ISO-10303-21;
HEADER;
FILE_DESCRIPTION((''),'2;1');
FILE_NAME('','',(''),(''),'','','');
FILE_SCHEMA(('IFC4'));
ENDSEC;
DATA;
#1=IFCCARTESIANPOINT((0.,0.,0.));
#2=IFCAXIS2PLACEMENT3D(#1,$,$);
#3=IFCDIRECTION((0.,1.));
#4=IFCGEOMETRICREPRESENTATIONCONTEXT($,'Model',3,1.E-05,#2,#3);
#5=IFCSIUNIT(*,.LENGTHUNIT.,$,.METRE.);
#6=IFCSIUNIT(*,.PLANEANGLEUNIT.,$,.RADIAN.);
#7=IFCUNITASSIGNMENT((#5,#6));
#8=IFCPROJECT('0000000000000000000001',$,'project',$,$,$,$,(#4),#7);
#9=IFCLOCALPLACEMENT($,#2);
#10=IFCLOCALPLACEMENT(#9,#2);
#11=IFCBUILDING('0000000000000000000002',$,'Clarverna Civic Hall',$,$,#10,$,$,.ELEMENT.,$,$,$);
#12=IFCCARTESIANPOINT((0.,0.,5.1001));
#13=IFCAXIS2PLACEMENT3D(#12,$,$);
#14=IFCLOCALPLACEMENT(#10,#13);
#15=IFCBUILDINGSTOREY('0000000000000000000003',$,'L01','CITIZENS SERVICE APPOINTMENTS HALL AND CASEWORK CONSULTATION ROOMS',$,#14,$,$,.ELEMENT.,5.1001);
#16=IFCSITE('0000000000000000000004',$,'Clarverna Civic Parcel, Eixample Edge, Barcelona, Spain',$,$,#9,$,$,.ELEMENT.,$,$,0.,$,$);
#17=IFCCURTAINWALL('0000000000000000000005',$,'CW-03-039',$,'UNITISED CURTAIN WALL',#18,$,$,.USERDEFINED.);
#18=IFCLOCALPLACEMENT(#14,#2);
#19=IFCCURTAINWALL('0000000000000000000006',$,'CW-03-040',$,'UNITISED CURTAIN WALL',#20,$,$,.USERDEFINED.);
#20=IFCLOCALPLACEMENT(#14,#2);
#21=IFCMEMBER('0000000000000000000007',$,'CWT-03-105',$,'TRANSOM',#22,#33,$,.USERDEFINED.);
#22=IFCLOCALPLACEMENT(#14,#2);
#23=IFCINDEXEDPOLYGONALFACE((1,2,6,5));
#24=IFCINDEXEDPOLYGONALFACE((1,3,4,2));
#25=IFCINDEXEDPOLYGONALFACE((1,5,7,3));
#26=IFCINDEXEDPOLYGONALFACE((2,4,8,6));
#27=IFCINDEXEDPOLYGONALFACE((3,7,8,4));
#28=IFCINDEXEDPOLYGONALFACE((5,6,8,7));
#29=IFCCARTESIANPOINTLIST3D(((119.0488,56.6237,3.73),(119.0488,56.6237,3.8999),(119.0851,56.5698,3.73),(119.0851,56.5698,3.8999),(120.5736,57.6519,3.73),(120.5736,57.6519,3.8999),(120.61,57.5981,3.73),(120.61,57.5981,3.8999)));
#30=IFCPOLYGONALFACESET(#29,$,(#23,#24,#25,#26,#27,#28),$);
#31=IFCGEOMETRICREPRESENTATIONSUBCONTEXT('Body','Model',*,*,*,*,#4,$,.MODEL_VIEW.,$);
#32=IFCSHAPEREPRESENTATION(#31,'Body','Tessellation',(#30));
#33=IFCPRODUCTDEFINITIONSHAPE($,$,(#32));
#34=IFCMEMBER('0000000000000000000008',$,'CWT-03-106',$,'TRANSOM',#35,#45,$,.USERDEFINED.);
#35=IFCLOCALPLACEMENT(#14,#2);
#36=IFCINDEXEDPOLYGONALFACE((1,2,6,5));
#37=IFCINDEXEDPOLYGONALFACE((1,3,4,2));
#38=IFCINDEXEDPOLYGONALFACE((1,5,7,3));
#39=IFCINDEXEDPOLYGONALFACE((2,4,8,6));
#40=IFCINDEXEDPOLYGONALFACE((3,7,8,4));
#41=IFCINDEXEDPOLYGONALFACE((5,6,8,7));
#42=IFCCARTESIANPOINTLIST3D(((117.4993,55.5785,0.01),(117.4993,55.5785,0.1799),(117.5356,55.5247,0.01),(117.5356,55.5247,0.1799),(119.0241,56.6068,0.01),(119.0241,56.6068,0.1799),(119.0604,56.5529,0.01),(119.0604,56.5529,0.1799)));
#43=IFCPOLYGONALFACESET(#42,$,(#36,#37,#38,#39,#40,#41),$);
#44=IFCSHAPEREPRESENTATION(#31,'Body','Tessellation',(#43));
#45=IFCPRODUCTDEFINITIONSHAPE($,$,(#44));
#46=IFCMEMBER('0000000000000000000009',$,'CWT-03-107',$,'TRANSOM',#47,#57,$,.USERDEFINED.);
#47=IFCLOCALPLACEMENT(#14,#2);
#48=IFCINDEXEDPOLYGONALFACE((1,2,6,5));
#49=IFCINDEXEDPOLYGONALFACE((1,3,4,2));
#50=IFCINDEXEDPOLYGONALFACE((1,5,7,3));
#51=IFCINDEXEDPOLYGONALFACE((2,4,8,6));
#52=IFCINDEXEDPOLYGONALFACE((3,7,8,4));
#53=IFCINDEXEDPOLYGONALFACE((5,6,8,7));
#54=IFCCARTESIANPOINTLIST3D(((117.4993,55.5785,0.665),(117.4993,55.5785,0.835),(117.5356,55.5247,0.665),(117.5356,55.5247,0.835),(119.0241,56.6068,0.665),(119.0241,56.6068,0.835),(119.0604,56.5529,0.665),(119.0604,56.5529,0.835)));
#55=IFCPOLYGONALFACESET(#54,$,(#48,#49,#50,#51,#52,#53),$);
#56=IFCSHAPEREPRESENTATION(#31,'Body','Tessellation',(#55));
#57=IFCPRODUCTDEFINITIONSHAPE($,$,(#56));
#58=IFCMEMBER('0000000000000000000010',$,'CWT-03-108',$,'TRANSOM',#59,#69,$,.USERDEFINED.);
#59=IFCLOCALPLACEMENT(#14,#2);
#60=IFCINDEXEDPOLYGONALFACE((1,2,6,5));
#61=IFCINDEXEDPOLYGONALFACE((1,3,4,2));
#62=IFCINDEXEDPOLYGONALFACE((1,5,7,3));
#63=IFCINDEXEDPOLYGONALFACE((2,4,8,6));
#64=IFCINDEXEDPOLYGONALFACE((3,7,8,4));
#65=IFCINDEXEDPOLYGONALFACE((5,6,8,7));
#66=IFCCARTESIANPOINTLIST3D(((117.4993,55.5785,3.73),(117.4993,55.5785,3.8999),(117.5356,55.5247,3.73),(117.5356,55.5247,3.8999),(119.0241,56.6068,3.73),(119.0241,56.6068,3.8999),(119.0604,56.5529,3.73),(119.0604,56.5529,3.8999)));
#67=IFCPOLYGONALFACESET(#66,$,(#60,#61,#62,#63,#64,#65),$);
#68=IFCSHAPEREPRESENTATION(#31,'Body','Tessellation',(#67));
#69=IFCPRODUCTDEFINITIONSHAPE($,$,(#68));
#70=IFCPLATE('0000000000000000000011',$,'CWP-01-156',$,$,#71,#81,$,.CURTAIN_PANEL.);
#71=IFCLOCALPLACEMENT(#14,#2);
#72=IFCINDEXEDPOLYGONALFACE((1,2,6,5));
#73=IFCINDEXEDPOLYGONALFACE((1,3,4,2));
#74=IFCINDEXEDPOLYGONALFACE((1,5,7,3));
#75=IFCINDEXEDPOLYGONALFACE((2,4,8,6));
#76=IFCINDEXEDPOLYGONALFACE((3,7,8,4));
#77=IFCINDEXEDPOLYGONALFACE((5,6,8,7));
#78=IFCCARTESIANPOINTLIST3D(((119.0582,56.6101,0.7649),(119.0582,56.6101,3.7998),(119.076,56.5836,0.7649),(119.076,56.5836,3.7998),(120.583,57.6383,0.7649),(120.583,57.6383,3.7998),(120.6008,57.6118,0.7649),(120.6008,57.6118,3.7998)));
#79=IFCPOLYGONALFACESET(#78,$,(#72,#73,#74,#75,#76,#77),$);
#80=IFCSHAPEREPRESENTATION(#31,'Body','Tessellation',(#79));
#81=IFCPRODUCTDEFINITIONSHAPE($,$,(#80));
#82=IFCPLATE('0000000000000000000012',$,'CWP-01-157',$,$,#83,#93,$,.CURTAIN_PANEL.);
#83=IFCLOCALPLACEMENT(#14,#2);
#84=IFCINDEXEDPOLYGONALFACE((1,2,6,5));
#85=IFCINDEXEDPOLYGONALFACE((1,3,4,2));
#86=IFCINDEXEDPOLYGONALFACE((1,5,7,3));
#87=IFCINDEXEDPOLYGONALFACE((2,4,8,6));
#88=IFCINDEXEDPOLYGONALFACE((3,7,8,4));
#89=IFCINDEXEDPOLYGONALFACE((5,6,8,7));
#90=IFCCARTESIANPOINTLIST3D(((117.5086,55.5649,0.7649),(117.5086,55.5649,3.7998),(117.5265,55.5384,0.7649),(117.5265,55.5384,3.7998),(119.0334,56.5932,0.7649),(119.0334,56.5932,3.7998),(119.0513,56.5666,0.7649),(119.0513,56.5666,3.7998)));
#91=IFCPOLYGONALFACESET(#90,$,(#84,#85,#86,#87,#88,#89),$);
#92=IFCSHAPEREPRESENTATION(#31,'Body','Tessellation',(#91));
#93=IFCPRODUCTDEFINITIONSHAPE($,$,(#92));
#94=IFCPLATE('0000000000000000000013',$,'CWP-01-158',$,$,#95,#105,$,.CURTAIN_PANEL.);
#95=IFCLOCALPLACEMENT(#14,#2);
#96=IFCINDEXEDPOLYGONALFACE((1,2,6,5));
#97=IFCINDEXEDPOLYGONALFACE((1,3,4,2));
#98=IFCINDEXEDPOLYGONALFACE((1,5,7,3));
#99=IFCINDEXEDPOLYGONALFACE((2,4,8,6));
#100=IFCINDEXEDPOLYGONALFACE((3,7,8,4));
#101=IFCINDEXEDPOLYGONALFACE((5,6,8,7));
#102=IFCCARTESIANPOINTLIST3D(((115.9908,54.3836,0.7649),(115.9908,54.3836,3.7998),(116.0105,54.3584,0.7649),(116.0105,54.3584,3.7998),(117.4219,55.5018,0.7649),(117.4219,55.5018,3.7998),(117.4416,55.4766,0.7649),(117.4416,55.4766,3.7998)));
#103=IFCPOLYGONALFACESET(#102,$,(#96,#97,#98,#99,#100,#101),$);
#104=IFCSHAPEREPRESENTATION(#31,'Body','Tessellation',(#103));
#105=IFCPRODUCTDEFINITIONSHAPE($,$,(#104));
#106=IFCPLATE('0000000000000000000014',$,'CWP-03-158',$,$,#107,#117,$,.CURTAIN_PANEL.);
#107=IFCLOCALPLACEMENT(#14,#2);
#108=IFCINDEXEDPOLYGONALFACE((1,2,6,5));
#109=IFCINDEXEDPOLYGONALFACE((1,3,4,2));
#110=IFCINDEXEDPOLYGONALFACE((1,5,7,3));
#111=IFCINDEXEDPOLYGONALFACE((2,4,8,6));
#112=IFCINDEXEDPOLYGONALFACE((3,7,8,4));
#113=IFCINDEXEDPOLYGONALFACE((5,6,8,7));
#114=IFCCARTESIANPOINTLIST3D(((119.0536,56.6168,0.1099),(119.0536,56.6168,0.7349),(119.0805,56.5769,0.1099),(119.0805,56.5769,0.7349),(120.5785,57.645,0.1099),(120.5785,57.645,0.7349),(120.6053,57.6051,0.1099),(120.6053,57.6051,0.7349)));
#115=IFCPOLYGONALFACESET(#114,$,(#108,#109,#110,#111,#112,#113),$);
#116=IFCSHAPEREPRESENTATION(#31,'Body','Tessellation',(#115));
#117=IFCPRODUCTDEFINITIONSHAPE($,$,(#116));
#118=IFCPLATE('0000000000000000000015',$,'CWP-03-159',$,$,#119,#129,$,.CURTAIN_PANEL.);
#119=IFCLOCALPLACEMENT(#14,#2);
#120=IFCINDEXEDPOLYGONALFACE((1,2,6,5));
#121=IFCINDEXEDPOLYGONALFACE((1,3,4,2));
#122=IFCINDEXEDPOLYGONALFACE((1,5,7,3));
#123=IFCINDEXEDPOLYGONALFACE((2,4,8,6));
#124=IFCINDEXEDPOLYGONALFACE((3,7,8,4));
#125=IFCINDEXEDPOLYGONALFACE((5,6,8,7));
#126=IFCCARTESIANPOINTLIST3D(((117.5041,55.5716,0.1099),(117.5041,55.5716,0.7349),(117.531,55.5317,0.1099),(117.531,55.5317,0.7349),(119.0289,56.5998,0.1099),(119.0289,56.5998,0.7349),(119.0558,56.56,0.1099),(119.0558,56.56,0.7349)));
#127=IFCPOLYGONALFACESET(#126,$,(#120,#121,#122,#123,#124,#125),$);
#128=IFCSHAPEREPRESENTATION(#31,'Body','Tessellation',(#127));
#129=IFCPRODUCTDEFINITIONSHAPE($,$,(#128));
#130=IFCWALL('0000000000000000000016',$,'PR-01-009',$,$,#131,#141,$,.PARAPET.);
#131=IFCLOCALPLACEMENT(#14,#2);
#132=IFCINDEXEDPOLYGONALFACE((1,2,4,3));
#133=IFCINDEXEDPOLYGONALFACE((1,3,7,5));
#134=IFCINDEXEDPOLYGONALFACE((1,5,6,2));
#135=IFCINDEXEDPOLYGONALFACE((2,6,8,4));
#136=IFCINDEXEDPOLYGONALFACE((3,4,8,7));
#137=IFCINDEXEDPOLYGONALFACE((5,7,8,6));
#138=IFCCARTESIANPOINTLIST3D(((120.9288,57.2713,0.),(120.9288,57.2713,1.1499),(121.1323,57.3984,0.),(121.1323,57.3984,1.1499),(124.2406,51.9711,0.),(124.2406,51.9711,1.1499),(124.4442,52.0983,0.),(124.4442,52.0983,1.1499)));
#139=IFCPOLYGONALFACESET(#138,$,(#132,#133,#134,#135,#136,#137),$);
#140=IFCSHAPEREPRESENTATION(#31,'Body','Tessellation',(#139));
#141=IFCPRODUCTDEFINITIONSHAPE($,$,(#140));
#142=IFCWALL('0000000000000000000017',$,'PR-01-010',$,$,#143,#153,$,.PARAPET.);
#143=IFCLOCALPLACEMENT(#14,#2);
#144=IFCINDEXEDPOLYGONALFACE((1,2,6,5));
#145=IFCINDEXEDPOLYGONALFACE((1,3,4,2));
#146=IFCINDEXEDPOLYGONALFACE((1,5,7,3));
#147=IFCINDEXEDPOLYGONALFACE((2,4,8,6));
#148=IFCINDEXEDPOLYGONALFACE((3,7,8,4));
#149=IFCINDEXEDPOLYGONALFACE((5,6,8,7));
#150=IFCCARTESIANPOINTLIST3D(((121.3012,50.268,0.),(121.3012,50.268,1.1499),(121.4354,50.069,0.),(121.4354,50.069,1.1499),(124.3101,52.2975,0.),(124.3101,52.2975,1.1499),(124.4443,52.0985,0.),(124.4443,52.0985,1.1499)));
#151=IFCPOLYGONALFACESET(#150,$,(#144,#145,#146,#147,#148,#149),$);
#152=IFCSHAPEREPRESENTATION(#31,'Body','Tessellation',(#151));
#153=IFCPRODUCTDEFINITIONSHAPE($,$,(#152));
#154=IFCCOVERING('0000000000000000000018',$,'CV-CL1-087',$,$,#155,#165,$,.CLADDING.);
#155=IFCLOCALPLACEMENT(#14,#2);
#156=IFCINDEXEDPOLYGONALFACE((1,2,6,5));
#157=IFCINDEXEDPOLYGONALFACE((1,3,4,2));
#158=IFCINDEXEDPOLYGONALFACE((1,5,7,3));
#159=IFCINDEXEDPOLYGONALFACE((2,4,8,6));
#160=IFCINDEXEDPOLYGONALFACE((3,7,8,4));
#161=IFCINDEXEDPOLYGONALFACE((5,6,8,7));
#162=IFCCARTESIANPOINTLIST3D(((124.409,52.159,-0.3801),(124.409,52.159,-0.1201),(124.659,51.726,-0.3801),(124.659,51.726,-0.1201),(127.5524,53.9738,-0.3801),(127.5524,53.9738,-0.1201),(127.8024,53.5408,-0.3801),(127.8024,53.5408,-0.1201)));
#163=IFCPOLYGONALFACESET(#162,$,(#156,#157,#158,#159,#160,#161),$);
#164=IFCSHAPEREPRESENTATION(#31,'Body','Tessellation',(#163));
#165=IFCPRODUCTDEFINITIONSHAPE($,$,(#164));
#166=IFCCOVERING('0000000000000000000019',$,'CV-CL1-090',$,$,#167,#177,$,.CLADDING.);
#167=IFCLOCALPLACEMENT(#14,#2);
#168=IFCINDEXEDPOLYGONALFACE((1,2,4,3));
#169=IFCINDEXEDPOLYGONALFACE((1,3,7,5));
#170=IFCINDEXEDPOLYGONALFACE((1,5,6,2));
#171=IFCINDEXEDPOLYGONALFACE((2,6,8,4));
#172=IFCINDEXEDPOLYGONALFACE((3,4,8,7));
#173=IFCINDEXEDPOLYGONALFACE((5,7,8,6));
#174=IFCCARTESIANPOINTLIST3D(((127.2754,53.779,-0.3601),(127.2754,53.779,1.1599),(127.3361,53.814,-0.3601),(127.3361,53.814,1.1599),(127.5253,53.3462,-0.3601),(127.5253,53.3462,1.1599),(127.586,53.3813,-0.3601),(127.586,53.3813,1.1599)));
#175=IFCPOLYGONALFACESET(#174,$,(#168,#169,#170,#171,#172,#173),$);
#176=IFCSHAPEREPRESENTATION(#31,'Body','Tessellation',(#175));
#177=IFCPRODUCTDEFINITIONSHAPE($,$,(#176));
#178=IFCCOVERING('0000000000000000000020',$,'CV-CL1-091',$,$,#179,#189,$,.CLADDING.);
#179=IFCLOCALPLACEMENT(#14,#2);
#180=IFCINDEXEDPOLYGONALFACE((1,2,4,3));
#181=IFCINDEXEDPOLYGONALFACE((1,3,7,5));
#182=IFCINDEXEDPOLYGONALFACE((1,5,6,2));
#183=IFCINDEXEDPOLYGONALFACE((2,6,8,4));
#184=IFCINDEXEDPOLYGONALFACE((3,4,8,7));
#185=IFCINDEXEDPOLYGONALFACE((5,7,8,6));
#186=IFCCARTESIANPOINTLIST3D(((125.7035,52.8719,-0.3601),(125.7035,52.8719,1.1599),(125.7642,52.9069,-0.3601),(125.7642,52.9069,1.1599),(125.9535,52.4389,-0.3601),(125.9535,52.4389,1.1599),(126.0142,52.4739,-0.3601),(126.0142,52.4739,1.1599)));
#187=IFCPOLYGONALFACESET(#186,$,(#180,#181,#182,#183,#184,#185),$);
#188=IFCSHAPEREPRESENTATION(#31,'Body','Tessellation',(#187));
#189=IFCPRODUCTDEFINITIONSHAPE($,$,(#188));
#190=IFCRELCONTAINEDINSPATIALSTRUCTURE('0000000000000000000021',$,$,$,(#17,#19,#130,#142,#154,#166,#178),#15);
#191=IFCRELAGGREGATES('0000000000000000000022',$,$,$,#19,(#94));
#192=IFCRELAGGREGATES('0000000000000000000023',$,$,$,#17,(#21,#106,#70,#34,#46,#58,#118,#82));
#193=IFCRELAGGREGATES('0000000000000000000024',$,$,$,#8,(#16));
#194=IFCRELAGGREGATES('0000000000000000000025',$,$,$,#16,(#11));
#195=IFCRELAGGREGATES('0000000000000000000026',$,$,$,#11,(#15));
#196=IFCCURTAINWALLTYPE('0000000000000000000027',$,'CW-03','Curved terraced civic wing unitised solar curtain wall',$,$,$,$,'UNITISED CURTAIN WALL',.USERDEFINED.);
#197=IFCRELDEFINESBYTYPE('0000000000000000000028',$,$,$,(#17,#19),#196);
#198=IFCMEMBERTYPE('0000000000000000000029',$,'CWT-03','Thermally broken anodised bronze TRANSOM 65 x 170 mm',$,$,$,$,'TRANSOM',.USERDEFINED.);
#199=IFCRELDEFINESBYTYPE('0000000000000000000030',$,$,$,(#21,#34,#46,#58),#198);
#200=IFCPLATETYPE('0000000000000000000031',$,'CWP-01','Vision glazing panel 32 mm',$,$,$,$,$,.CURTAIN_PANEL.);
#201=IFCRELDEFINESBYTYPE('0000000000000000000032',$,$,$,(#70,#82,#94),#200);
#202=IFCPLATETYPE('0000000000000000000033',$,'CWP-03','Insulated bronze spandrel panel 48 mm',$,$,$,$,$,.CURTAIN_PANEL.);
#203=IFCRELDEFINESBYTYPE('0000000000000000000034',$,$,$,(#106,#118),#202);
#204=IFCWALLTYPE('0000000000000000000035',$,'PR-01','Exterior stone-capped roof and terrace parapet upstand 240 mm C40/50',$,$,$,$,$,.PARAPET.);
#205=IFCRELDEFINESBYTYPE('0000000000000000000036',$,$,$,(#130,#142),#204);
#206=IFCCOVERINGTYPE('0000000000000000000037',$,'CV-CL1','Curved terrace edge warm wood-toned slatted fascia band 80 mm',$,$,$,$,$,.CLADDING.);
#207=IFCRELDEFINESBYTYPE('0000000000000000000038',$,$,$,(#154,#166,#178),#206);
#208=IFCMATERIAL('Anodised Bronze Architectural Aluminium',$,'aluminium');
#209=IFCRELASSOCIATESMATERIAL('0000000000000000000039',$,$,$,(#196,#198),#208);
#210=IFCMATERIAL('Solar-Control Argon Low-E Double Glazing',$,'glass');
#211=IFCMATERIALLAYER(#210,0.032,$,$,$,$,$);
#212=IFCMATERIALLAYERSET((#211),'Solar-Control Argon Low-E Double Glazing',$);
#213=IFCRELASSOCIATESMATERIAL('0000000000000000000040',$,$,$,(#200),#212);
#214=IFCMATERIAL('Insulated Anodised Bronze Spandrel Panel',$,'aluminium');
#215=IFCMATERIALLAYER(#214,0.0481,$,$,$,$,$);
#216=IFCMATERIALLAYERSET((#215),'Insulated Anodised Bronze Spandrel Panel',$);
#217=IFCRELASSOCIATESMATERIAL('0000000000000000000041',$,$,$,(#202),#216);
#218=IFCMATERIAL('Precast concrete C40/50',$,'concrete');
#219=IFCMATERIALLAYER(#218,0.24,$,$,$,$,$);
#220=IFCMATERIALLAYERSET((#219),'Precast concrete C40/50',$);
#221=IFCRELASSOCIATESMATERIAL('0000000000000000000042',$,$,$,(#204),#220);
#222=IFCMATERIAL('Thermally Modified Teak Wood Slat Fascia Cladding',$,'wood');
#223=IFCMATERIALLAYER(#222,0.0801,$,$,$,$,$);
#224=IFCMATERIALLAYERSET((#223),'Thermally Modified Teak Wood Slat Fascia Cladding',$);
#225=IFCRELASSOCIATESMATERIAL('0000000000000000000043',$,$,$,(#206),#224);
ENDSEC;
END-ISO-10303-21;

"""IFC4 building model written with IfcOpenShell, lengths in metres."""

from ifc_helpers import new_model, si_unit, direction, frame, frame_2d, origin, origin_2d, place, context, subcontext, project, spatial, rectangle, extrude, material, layer, layer_set, material_profile, profile_set, type_object, element, aggregate, save


model = new_model("IFC4")

# Units and contexts
model_context = context("Model", 3, precision=1e-05, world=origin(), true_north=direction((0.0, 1.0)))
body_context = subcontext(model_context, "Body", "Model", "MODEL_VIEW")
ifc_project = project(units=[si_unit("LENGTHUNIT", "METRE"), si_unit("PLANEANGLEUNIT", "RADIAN")], contexts=[model_context])

# Site, building, storey
site_placement = place(None, origin())
site = spatial("IfcSite", under=ifc_project, at=site_placement, Name="Clarverna Civic Parcel, Eixample Edge, Barcelona, Spain", CompositionType="ELEMENT", RefElevation=0.0)
building_placement = place(site_placement, origin())
building = spatial("IfcBuilding", under=site, at=building_placement, Name="Clarverna Civic Hall", CompositionType="ELEMENT")
storey_placement = place(building_placement, frame((0.0, 0.0, 5.1001)))
storey = spatial("IfcBuildingStorey", under=building, at=storey_placement, Name="L01", Description="CITIZENS SERVICE APPOINTMENTS HALL AND CASEWORK CONSULTATION ROOMS", CompositionType="ELEMENT", Elevation=5.1001)

# Curtain wall
ifc_material_1 = material(Name="Anodised Bronze Architectural Aluminium", Category="aluminium")
curtain_wall_type = type_object("IfcCurtainWallType", Name="CW-03", Description="Curved terraced civic wing unitised solar curtain wall", ElementType="UNITISED CURTAIN WALL", PredefinedType="USERDEFINED", material=ifc_material_1)
curtain_wall_1_placement = place(storey_placement, origin())
curtain_wall_1 = element("IfcCurtainWall", 1, at=curtain_wall_1_placement, inside=storey, type_object=curtain_wall_type, Name="CW-03-039", ObjectType="UNITISED CURTAIN WALL", PredefinedType="USERDEFINED")

# Curtain wall
curtain_wall_2_placement = place(storey_placement, origin())
curtain_wall_2 = element("IfcCurtainWall", 2, at=curtain_wall_2_placement, inside=storey, type_object=curtain_wall_type, Name="CW-03-040", ObjectType="UNITISED CURTAIN WALL", PredefinedType="USERDEFINED")

# Members
ifc_material_profile_1 = material_profile(ifc_material_1, rectangle(XDim=0.0649, YDim=0.1699, at=origin_2d()), Name="BRONZE 65x170")
ifc_profile_set_1 = profile_set([ifc_material_profile_1], Name="Anodised Bronze Architectural Aluminium")
member_type_1 = type_object("IfcMemberType", Name="CWT-03", Description="Thermally broken anodised bronze TRANSOM 65 x 170 mm", ElementType="TRANSOM", PredefinedType="USERDEFINED", material=ifc_profile_set_1)
member_1_placement = place(storey_placement, frame((120.5918, 57.625, 3.8149), z_axis=(-0.829098, -0.559103, 0.0), x_axis=(0.559103, -0.829098, 0.0)))
member_1 = element("IfcMember", 3, at=member_1_placement, type_object=member_type_1, Name="CWT-03-105", ObjectType="TRANSOM", PredefinedType="USERDEFINED", context=body_context, shape_type="SweptSolid", body=[
    extrude(rectangle(XDim=0.0649, YDim=0.1699, at=origin_2d()), origin(), (0.0, 0.0, 1.0), 1.8391),
])
member_2_placement = place(storey_placement, frame((119.0422, 56.5798, 0.095), z_axis=(-0.829098, -0.559103, 0.0), x_axis=(0.559103, -0.829098, 0.0)))
member_2 = element("IfcMember", 4, at=member_2_placement, type_object=member_type_1, Name="CWT-03-106", ObjectType="TRANSOM", PredefinedType="USERDEFINED", context=body_context, shape_type="SweptSolid", body=[
    extrude(rectangle(XDim=0.0649, YDim=0.1699, at=origin_2d()), origin(), (0.0, 0.0, 1.0), 1.8391),
])
member_3_placement = place(storey_placement, frame((119.0422, 56.5798, 0.75), z_axis=(-0.829098, -0.559103, 0.0), x_axis=(0.559103, -0.829098, 0.0)))
member_3 = element("IfcMember", 5, at=member_3_placement, type_object=member_type_1, Name="CWT-03-107", ObjectType="TRANSOM", PredefinedType="USERDEFINED", context=body_context, shape_type="SweptSolid", body=[
    extrude(rectangle(XDim=0.0649, YDim=0.1699, at=origin_2d()), origin(), (0.0, 0.0, 1.0), 1.8391),
])
member_4_placement = place(storey_placement, frame((119.0422, 56.5798, 3.8149), z_axis=(-0.829098, -0.559103, 0.0), x_axis=(0.559103, -0.829098, 0.0)))
member_4 = element("IfcMember", 6, at=member_4_placement, type_object=member_type_1, Name="CWT-03-108", ObjectType="TRANSOM", PredefinedType="USERDEFINED", context=body_context, shape_type="SweptSolid", body=[
    extrude(rectangle(XDim=0.0649, YDim=0.1699, at=origin_2d()), origin(), (0.0, 0.0, 1.0), 1.8391),
])

# Plates
ifc_material_2 = material(Name="Solar-Control Argon Low-E Double Glazing", Category="glass")
ifc_layer_1 = layer(ifc_material_2, 0.032)
ifc_layer_set_1 = layer_set([ifc_layer_1], Name="Solar-Control Argon Low-E Double Glazing")
plate_type_1 = type_object("IfcPlateType", Name="CWP-01", Description="Vision glazing panel 32 mm", PredefinedType="CURTAIN_PANEL", material=ifc_layer_set_1)
plate_1_placement = place(storey_placement, frame((120.5918, 57.625, 0.7649), z_axis=(0.0, 0.0, 1.0), x_axis=(-0.829098, -0.559103, 0.0)))
plate_1 = element("IfcPlate", 7, at=plate_1_placement, type_object=plate_type_1, Name="CWP-01-156", PredefinedType="CURTAIN_PANEL", context=body_context, shape_type="SweptSolid", body=[
    extrude(rectangle(XDim=1.8391, YDim=0.032, at=frame_2d((0.9194, 0.0))), origin(), (0.0, 0.0, 1.0), 3.0349),
])
plate_2_placement = place(storey_placement, frame((119.0422, 56.5798, 0.7649), z_axis=(0.0, 0.0, 1.0), x_axis=(-0.829098, -0.559103, 0.0)))
plate_2 = element("IfcPlate", 8, at=plate_2_placement, type_object=plate_type_1, Name="CWP-01-157", PredefinedType="CURTAIN_PANEL", context=body_context, shape_type="SweptSolid", body=[
    extrude(rectangle(XDim=1.8391, YDim=0.032, at=frame_2d((0.9194, 0.0))), origin(), (0.0, 0.0, 1.0), 3.0349),
])
plate_3_placement = place(storey_placement, frame((117.4319, 55.4893, 0.7649), z_axis=(0.0, 0.0, 1.0), x_axis=(-0.788004, -0.61567, 0.0)))
plate_3 = element("IfcPlate", 9, at=plate_3_placement, type_object=plate_type_1, Name="CWP-01-158", PredefinedType="CURTAIN_PANEL", context=body_context, shape_type="SweptSolid", body=[
    extrude(rectangle(XDim=1.8162, YDim=0.032, at=frame_2d((0.9082, 0.0))), origin(), (0.0, 0.0, 1.0), 3.0349),
])
aggregate(curtain_wall_2, [plate_3])
ifc_material_3 = material(Name="Insulated Anodised Bronze Spandrel Panel", Category="aluminium")
ifc_layer_2 = layer(ifc_material_3, 0.0481)
ifc_layer_set_2 = layer_set([ifc_layer_2], Name="Insulated Anodised Bronze Spandrel Panel")
plate_type_2 = type_object("IfcPlateType", Name="CWP-03", Description="Insulated bronze spandrel panel 48 mm", PredefinedType="CURTAIN_PANEL", material=ifc_layer_set_2)
plate_4_placement = place(storey_placement, frame((120.5918, 57.625, 0.1099), z_axis=(0.0, 0.0, 1.0), x_axis=(-0.829098, -0.559103, 0.0)))
plate_4 = element("IfcPlate", 10, at=plate_4_placement, type_object=plate_type_2, Name="CWP-03-158", PredefinedType="CURTAIN_PANEL", context=body_context, shape_type="SweptSolid", body=[
    extrude(rectangle(XDim=1.8391, YDim=0.0481, at=frame_2d((0.9194, 0.0))), origin(), (0.0, 0.0, 1.0), 0.625),
])
plate_5_placement = place(storey_placement, frame((119.0422, 56.5798, 0.1099), z_axis=(0.0, 0.0, 1.0), x_axis=(-0.829098, -0.559103, 0.0)))
plate_5 = element("IfcPlate", 11, at=plate_5_placement, type_object=plate_type_2, Name="CWP-03-159", PredefinedType="CURTAIN_PANEL", context=body_context, shape_type="SweptSolid", body=[
    extrude(rectangle(XDim=1.8391, YDim=0.0481, at=frame_2d((0.9194, 0.0))), origin(), (0.0, 0.0, 1.0), 0.625),
])
aggregate(curtain_wall_1, [member_1, plate_4, plate_1, member_2, member_3, member_4, plate_5, plate_2])

# Walls
ifc_material_4 = material(Name="Precast concrete C40/50", Category="concrete")
ifc_layer_3 = layer(ifc_material_4, 0.24)
ifc_layer_set_3 = layer_set([ifc_layer_3], Name="Precast concrete C40/50")
wall_type = type_object("IfcWallType", Name="PR-01", Description="Exterior stone-capped roof and terrace parapet upstand 240 mm C40/50", PredefinedType="PARAPET", material=ifc_layer_set_3)
wall_1_placement = place(storey_placement, frame((121.0305, 57.335, 0.0), z_axis=(0.0, 0.0, 1.0), x_axis=(0.529911, -0.848053, 0.0)))
element("IfcWall", 12, at=wall_1_placement, inside=storey, type_object=wall_type, Name="PR-01-009", PredefinedType="PARAPET", context=body_context, shape_type="SweptSolid", body=[
    extrude(rectangle(XDim=6.2498, YDim=0.24, at=frame_2d((3.125, 0.0))), origin(), (0.0, 0.0, 1.0), 1.1499),
])
wall_2_placement = place(storey_placement, frame((124.3772, 52.198, 0.0), z_axis=(0.0, 0.0, 1.0), x_axis=(-0.829047, -0.559178, 0.0)))
element("IfcWall", 13, at=wall_2_placement, inside=storey, type_object=wall_type, Name="PR-01-010", PredefinedType="PARAPET", context=body_context, shape_type="SweptSolid", body=[
    extrude(rectangle(XDim=3.6294, YDim=0.24, at=frame_2d((1.8147, 0.0))), origin(), (0.0, 0.0, 1.0), 1.1499),
])

# Coverings
ifc_material_5 = material(Name="Thermally Modified Teak Wood Slat Fascia Cladding", Category="wood")
ifc_layer_4 = layer(ifc_material_5, 0.0801)
ifc_layer_set_4 = layer_set([ifc_layer_4], Name="Thermally Modified Teak Wood Slat Fascia Cladding")
covering_type = type_object("IfcCoveringType", Name="CV-CL1", Description="Curved terrace edge warm wood-toned slatted fascia band 80 mm", PredefinedType="CLADDING", material=ifc_layer_set_4)
covering_1_placement = place(storey_placement, frame((127.6775, 53.7573, -0.3801), z_axis=(0.0, 0.0, 1.0), x_axis=(-0.866037, -0.499981, 0.0)))
element("IfcCovering", 14, at=covering_1_placement, inside=storey, type_object=covering_type, Name="CV-CL1-087", PredefinedType="CLADDING", context=body_context, shape_type="SweptSolid", body=[
    extrude(rectangle(XDim=3.6296, YDim=0.5, at=frame_2d((1.8149, 0.0))), origin(), (0.0, 0.0, 1.0), 0.26),
])
covering_2_placement = place(storey_placement, frame((127.3057, 53.7966, -0.3601), z_axis=(0.0, 0.0, 1.0), x_axis=(0.500131, -0.86595, 0.0)))
element("IfcCovering", 15, at=covering_2_placement, inside=storey, type_object=covering_type, Name="CV-CL1-090", PredefinedType="CLADDING", context=body_context, shape_type="SweptSolid", body=[
    extrude(rectangle(XDim=0.4998, YDim=0.0701, at=frame_2d((0.25, 0.0))), origin(), (0.0, 0.0, 1.0), 1.52),
])
for number, where, z_axis, x_axis, name in (
    (16, (125.7339, 52.8894, -0.3601), (0.0, 0.0, 1.0), (0.49992, -0.866072, 0.0), "CV-CL1-091"),
):
    element("IfcCovering", number, at=place(storey_placement, frame(where, z_axis=z_axis, x_axis=x_axis)), inside=storey, type_object=covering_type, Name=name, PredefinedType="CLADDING", context=body_context, shape_type="SweptSolid", body=[
        extrude(rectangle(XDim=0.5, YDim=0.0701, at=frame_2d((0.25, 0.0))), origin(), (0.0, 0.0, 1.0), 1.52),
    ])

save(model, "model.ifc")
